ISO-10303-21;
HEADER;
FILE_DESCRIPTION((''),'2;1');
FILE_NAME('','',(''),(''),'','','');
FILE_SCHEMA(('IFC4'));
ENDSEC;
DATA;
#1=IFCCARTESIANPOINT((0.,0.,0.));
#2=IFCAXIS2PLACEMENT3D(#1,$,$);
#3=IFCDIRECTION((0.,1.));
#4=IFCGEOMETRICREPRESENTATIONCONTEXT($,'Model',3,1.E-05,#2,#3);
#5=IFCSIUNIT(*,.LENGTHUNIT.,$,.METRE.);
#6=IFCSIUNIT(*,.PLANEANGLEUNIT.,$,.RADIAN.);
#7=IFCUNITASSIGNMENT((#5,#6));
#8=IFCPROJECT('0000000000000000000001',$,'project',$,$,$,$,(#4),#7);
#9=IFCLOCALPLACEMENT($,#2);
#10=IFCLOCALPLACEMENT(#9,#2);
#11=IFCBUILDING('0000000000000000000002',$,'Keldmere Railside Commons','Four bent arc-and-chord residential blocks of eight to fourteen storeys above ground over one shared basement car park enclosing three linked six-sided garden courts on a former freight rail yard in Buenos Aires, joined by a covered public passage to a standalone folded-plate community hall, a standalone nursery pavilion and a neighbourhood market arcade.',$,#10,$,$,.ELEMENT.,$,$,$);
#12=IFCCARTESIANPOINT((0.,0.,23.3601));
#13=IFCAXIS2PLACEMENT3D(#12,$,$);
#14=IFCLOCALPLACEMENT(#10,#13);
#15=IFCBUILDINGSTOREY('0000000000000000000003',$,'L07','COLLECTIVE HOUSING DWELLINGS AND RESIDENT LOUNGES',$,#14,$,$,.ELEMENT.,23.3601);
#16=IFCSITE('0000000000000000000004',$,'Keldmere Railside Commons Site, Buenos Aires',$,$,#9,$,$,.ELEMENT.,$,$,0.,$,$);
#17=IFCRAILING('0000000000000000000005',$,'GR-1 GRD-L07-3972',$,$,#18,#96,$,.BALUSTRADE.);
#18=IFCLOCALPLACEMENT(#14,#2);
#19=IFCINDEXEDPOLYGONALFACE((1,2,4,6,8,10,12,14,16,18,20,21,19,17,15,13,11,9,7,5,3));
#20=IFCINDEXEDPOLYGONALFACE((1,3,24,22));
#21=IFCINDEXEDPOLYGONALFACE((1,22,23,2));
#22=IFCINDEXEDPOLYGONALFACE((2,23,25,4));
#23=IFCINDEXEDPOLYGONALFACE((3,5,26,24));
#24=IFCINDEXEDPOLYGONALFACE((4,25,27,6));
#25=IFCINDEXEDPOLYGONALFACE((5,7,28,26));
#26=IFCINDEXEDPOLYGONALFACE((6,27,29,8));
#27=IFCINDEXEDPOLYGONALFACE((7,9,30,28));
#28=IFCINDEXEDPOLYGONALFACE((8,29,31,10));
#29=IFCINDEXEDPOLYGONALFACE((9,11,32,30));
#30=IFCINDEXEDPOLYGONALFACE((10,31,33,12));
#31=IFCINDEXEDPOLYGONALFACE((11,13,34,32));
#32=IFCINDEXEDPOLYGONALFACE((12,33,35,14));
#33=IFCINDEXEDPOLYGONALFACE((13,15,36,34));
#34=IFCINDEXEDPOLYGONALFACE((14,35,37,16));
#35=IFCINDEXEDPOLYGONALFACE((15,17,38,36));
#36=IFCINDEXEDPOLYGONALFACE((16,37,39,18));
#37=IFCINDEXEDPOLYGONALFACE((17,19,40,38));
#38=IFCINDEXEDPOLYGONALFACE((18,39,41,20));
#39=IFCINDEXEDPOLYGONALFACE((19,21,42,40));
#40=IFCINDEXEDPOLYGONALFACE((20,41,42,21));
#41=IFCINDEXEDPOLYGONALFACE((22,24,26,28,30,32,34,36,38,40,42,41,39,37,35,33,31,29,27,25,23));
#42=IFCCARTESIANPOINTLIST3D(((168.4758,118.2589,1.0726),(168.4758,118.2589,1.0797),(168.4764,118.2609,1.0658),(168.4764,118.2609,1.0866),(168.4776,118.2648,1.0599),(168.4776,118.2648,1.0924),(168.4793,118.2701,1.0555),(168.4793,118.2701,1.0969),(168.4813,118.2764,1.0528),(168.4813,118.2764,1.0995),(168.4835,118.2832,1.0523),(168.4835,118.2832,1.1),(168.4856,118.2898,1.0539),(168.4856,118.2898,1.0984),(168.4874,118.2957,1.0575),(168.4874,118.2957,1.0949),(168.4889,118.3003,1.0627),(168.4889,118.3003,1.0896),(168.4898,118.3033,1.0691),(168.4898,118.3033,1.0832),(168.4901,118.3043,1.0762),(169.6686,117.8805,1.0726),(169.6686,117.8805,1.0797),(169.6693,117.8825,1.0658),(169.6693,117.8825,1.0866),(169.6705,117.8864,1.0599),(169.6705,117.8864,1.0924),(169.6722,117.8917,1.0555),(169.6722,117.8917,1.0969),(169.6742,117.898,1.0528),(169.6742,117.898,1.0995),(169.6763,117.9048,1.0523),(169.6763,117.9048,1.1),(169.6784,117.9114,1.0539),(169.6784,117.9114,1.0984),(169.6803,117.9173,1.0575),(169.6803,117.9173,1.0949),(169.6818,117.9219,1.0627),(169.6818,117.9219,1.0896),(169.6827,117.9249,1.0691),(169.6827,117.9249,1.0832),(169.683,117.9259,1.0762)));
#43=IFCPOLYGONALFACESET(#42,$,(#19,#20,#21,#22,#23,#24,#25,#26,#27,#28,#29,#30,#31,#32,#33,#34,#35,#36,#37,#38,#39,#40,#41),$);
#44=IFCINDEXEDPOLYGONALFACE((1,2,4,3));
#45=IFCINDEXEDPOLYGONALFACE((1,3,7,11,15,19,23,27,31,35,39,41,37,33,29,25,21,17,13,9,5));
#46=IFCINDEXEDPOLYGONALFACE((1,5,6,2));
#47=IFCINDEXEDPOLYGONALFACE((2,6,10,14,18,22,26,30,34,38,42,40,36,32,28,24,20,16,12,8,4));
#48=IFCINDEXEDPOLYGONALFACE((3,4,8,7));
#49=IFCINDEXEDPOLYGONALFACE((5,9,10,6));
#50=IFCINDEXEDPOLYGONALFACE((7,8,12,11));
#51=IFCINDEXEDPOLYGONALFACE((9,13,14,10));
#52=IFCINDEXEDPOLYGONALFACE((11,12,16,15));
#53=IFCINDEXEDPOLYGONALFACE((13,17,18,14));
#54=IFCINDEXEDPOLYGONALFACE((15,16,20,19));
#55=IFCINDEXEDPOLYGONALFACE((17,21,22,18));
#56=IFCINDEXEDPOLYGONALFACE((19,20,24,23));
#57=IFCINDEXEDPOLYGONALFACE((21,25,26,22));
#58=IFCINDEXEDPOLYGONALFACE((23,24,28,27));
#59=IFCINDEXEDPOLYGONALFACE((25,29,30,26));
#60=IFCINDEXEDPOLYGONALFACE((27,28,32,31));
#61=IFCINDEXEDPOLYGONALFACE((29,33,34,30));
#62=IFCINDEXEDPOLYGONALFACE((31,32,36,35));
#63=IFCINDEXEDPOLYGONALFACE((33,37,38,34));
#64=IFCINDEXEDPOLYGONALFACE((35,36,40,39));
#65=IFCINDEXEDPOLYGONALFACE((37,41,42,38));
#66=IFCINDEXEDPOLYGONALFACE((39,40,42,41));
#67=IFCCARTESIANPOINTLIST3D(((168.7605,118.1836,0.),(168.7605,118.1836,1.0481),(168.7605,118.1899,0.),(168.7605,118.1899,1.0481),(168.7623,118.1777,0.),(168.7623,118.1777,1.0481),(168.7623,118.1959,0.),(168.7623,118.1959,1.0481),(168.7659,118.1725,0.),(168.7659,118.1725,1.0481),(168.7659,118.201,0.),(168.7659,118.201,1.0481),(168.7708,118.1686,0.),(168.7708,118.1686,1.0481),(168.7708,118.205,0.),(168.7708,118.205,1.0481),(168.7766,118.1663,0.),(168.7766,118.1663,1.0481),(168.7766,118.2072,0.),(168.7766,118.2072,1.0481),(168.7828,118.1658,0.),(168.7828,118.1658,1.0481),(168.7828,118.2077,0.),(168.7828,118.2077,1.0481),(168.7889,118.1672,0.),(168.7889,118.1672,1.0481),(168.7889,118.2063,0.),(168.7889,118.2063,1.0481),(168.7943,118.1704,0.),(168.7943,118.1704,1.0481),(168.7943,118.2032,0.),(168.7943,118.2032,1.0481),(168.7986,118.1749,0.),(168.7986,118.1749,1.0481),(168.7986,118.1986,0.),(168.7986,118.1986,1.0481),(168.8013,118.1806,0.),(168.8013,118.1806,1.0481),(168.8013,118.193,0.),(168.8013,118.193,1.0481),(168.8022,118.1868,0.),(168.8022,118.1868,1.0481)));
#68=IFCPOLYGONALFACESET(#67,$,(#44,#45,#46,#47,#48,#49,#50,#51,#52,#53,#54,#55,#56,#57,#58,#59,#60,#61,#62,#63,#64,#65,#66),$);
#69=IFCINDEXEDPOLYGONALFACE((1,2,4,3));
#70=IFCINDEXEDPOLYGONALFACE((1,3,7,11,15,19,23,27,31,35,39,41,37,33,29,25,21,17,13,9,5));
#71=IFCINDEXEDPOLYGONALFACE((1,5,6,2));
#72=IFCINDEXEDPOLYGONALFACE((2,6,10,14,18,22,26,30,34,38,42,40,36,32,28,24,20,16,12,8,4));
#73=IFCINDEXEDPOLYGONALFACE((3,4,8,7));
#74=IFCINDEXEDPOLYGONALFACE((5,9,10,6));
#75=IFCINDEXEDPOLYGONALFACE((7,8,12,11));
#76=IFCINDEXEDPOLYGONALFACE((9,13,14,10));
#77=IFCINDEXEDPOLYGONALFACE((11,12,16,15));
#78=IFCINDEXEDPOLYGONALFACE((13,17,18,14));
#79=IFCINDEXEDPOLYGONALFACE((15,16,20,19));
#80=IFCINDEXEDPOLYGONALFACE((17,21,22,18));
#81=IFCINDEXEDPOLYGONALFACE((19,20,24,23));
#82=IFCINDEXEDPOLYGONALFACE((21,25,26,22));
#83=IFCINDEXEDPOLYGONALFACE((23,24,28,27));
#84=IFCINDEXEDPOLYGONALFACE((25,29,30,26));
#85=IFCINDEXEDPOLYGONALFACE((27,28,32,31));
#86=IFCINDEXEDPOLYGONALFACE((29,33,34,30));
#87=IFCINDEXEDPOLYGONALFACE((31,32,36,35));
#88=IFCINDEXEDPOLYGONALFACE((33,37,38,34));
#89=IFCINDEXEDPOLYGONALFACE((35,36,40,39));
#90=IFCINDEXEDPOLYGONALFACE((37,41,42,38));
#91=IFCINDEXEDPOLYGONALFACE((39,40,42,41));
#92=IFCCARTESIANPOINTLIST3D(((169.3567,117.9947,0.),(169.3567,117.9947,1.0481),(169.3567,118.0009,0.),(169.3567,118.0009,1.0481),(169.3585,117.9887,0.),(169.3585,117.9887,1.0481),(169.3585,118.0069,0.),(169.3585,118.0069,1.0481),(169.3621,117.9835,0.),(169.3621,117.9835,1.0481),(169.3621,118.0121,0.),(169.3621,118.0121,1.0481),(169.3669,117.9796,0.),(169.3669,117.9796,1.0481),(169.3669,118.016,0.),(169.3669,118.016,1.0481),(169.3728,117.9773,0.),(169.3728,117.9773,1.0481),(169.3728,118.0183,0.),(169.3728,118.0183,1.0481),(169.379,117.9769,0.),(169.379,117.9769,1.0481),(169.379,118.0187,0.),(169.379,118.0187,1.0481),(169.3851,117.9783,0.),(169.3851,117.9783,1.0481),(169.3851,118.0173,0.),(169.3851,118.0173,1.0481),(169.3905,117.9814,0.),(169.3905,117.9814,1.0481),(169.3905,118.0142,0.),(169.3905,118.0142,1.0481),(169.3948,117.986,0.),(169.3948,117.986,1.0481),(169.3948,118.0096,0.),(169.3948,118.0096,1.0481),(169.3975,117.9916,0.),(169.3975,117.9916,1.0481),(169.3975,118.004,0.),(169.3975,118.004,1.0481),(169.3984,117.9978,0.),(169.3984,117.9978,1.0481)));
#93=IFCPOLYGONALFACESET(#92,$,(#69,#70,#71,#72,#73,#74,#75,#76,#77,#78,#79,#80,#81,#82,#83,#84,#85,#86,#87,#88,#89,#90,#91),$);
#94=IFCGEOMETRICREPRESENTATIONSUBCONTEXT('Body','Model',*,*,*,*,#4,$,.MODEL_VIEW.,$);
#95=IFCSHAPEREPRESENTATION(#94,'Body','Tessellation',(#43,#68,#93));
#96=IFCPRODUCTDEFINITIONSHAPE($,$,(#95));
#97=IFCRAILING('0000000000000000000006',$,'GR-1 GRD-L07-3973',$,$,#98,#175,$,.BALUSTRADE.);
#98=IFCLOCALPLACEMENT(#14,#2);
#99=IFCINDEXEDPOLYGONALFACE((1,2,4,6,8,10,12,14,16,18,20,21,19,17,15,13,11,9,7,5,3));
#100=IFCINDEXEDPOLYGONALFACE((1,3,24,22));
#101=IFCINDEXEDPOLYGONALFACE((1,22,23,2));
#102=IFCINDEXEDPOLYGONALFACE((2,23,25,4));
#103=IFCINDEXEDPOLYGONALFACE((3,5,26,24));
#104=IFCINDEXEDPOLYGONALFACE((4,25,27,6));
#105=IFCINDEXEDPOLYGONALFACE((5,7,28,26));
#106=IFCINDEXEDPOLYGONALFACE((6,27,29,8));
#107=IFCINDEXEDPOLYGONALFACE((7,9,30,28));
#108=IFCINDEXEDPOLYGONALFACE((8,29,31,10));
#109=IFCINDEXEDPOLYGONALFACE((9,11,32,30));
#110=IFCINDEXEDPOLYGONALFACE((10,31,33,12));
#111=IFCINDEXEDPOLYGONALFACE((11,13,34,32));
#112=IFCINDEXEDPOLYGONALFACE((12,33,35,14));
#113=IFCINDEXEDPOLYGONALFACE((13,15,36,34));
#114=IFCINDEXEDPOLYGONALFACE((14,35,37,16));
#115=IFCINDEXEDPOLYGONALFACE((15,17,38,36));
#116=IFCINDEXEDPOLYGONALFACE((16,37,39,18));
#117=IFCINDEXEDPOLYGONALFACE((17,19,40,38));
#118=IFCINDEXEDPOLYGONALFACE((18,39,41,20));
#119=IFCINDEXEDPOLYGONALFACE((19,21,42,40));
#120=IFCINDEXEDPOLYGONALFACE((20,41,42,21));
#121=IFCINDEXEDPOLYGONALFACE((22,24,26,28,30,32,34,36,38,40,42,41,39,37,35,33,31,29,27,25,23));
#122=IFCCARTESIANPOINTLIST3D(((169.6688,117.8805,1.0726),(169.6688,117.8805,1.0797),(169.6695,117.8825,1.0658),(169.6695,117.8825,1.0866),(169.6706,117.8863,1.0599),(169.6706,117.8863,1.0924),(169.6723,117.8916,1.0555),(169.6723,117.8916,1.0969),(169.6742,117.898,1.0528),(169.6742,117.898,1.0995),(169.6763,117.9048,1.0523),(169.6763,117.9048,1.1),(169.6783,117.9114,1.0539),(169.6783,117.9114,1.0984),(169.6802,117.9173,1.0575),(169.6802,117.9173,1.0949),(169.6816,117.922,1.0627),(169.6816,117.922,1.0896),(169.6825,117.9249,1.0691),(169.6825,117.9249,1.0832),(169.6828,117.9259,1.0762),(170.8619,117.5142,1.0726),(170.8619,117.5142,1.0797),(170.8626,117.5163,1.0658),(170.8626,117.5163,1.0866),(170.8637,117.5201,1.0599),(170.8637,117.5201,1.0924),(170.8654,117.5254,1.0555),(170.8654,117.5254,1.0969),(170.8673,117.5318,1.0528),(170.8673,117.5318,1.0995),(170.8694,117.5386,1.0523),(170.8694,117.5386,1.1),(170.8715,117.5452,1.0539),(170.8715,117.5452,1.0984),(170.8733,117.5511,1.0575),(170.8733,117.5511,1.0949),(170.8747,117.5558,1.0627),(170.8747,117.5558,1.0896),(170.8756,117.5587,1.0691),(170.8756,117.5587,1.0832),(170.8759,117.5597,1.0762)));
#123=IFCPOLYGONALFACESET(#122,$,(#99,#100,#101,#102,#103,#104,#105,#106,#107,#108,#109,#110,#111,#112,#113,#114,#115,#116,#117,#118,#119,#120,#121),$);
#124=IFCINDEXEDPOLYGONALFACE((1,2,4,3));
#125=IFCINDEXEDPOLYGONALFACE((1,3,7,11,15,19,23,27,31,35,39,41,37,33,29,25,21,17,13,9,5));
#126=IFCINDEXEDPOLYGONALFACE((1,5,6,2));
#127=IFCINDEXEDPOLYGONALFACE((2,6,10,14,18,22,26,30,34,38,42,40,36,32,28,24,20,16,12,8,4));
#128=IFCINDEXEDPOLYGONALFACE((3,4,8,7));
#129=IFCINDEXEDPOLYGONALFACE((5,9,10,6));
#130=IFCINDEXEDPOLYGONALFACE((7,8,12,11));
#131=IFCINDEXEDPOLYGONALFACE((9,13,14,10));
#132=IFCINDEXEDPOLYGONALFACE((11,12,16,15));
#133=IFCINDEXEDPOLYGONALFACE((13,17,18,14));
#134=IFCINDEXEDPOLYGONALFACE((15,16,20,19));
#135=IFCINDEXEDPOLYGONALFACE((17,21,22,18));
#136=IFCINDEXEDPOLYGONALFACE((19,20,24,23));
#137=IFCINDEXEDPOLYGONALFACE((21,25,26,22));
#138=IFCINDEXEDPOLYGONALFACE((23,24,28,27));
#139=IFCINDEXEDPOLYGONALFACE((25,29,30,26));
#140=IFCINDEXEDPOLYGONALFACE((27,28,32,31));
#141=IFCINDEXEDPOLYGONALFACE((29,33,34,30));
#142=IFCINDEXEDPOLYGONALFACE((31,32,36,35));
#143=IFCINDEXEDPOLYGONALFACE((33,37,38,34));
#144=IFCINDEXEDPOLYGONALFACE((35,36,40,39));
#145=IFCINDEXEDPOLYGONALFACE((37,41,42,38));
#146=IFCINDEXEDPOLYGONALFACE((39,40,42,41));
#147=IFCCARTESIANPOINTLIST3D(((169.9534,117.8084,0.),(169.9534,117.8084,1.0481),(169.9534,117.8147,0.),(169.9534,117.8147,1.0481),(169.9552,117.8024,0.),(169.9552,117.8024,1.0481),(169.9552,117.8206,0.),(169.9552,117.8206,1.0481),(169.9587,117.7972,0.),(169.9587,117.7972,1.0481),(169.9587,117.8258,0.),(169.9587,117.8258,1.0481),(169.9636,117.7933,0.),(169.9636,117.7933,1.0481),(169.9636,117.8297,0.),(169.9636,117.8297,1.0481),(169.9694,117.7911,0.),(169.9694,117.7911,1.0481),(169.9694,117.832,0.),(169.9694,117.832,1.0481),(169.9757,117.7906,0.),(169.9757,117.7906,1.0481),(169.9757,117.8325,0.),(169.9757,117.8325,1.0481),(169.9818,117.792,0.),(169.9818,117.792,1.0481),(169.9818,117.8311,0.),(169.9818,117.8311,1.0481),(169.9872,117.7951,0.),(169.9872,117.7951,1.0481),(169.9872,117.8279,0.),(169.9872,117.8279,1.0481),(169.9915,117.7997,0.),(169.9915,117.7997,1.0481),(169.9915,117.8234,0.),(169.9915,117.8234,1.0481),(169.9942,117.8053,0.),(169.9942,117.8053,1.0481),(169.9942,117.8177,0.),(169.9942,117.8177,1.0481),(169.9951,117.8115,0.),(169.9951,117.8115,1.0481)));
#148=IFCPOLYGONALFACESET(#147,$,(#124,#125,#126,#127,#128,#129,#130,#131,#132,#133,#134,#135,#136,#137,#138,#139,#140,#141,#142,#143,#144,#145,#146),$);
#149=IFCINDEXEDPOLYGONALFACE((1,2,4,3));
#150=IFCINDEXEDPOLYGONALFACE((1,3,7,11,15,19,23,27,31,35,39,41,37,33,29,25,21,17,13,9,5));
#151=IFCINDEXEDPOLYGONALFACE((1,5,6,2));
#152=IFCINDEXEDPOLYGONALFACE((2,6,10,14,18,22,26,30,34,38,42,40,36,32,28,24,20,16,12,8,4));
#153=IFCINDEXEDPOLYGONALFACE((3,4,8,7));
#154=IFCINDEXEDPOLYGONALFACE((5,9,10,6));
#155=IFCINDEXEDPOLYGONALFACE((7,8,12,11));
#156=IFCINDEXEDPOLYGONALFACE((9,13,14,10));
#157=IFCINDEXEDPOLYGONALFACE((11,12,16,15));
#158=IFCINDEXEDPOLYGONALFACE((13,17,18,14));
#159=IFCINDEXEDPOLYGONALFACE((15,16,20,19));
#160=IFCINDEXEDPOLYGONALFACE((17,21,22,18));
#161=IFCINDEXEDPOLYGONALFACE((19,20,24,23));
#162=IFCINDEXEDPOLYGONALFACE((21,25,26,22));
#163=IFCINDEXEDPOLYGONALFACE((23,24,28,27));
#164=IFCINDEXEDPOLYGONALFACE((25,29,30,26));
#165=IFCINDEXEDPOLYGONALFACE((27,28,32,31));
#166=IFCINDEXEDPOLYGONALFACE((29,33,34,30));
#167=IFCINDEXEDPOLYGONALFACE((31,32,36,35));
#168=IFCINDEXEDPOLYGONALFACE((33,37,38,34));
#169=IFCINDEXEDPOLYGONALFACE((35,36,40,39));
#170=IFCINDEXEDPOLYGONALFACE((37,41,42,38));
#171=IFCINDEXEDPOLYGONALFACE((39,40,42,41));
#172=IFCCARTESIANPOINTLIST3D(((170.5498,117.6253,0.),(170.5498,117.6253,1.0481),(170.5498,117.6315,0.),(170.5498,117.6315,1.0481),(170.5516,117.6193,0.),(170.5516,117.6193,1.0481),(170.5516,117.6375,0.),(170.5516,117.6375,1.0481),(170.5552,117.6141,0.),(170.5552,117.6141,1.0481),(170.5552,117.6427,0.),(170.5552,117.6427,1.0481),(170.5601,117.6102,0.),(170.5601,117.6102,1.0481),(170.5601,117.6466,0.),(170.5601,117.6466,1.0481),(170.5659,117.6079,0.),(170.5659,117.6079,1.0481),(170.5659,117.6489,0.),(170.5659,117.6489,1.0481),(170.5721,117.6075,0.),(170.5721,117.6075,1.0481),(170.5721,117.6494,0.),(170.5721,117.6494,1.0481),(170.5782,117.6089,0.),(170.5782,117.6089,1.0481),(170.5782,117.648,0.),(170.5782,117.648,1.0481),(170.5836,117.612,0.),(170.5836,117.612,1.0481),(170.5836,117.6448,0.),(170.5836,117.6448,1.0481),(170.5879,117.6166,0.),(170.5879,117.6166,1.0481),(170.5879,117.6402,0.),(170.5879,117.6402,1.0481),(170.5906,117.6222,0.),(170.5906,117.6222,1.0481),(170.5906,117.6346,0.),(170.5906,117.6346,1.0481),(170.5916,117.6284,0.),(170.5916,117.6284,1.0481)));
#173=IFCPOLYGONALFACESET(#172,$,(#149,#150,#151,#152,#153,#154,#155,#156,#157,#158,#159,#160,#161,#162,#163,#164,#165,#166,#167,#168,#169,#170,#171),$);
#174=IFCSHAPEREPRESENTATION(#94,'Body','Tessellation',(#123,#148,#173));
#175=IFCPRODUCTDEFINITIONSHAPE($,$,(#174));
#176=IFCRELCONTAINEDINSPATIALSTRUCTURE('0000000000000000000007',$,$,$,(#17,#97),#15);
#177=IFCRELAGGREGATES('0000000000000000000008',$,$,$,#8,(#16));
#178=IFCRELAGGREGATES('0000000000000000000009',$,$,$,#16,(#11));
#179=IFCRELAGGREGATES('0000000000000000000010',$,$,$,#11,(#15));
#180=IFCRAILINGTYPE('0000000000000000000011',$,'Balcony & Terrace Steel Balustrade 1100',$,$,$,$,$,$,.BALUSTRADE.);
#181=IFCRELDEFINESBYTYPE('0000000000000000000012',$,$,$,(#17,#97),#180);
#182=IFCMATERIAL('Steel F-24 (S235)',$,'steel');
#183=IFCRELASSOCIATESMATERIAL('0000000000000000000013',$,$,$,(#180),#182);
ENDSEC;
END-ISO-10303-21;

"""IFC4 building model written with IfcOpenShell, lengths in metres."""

from ifc_helpers import new_model, si_unit, direction, frame, origin, origin_2d, place, context, subcontext, project, spatial, circle, extrude, material, type_object, element, save


model = new_model("IFC4")

# Units and contexts
model_context = context("Model", 3, precision=1e-05, world=origin(), true_north=direction((0.0, 1.0)))
body_context = subcontext(model_context, "Body", "Model", "MODEL_VIEW")
ifc_project = project(units=[si_unit("LENGTHUNIT", "METRE"), si_unit("PLANEANGLEUNIT", "RADIAN")], contexts=[model_context])

# Site, building, storey
site_placement = place(None, origin())
site = spatial("IfcSite", under=ifc_project, at=site_placement, Name="Keldmere Railside Commons Site, Buenos Aires", CompositionType="ELEMENT", RefElevation=0.0)
building_placement = place(site_placement, origin())
building = spatial("IfcBuilding", under=site, at=building_placement, Name="Keldmere Railside Commons", Description="Four bent arc-and-chord residential blocks of eight to fourteen storeys above ground over one shared basement car park enclosing three linked six-sided garden courts on a former freight rail yard in Buenos Aires, joined by a covered public passage to a standalone folded-plate community hall, a standalone nursery pavilion and a neighbourhood market arcade.", CompositionType="ELEMENT")
storey_placement = place(building_placement, frame((0.0, 0.0, 23.3601)))
storey = spatial("IfcBuildingStorey", under=building, at=storey_placement, Name="L07", Description="COLLECTIVE HOUSING DWELLINGS AND RESIDENT LOUNGES", CompositionType="ELEMENT", Elevation=23.3601)

# Railings
ifc_material_1 = material(Name="Steel F-24 (S235)", Category="steel")
railing_type = type_object("IfcRailingType", Name="Balcony & Terrace Steel Balustrade 1100", PredefinedType="BALUSTRADE", material=ifc_material_1)
railing_1_placement = place(storey_placement, frame((168.4829, 118.2815, 0.0)))
element("IfcRailing", 1, at=railing_1_placement, inside=storey, type_object=railing_type, Name="GR-1 GRD-L07-3972", PredefinedType="BALUSTRADE", context=body_context, shape_type="SweptSolid", body=[
    extrude(circle(Radius=0.0239, at=origin_2d()), frame((0.0, 0.0, 1.0762), z_axis=(0.953187, -0.302382, 0.0), x_axis=(0.302382, 0.953187, 0.0)), (0.0, 0.0, 1.0), 1.2515),
    extrude(circle(Radius=0.021, at=origin_2d()), frame((0.2983, -0.0947, 0.0)), (0.0, 0.0, 1.0), 1.0481),
    extrude(circle(Radius=0.021, at=origin_2d()), frame((0.8945, -0.2837, 0.0)), (0.0, 0.0, 1.0), 1.0481),
])
railing_2_placement = place(storey_placement, frame((169.6758, 117.9031, 0.0)))
element("IfcRailing", 2, at=railing_2_placement, inside=storey, type_object=railing_type, Name="GR-1 GRD-L07-3973", PredefinedType="BALUSTRADE", context=body_context, shape_type="SweptSolid", body=[
    extrude(circle(Radius=0.0239, at=origin_2d()), frame((0.0, 0.0, 1.0762), z_axis=(0.955982, -0.293426, 0.0), x_axis=(0.293426, 0.955982, 0.0)), (0.0, 0.0, 1.0), 1.248),
    extrude(circle(Radius=0.021, at=origin_2d()), frame((0.2983, -0.0916, 0.0)), (0.0, 0.0, 1.0), 1.0481),
    extrude(circle(Radius=0.021, at=origin_2d()), frame((0.8948, -0.2747, 0.0)), (0.0, 0.0, 1.0), 1.0481),
])

save(model, "model.ifc")
